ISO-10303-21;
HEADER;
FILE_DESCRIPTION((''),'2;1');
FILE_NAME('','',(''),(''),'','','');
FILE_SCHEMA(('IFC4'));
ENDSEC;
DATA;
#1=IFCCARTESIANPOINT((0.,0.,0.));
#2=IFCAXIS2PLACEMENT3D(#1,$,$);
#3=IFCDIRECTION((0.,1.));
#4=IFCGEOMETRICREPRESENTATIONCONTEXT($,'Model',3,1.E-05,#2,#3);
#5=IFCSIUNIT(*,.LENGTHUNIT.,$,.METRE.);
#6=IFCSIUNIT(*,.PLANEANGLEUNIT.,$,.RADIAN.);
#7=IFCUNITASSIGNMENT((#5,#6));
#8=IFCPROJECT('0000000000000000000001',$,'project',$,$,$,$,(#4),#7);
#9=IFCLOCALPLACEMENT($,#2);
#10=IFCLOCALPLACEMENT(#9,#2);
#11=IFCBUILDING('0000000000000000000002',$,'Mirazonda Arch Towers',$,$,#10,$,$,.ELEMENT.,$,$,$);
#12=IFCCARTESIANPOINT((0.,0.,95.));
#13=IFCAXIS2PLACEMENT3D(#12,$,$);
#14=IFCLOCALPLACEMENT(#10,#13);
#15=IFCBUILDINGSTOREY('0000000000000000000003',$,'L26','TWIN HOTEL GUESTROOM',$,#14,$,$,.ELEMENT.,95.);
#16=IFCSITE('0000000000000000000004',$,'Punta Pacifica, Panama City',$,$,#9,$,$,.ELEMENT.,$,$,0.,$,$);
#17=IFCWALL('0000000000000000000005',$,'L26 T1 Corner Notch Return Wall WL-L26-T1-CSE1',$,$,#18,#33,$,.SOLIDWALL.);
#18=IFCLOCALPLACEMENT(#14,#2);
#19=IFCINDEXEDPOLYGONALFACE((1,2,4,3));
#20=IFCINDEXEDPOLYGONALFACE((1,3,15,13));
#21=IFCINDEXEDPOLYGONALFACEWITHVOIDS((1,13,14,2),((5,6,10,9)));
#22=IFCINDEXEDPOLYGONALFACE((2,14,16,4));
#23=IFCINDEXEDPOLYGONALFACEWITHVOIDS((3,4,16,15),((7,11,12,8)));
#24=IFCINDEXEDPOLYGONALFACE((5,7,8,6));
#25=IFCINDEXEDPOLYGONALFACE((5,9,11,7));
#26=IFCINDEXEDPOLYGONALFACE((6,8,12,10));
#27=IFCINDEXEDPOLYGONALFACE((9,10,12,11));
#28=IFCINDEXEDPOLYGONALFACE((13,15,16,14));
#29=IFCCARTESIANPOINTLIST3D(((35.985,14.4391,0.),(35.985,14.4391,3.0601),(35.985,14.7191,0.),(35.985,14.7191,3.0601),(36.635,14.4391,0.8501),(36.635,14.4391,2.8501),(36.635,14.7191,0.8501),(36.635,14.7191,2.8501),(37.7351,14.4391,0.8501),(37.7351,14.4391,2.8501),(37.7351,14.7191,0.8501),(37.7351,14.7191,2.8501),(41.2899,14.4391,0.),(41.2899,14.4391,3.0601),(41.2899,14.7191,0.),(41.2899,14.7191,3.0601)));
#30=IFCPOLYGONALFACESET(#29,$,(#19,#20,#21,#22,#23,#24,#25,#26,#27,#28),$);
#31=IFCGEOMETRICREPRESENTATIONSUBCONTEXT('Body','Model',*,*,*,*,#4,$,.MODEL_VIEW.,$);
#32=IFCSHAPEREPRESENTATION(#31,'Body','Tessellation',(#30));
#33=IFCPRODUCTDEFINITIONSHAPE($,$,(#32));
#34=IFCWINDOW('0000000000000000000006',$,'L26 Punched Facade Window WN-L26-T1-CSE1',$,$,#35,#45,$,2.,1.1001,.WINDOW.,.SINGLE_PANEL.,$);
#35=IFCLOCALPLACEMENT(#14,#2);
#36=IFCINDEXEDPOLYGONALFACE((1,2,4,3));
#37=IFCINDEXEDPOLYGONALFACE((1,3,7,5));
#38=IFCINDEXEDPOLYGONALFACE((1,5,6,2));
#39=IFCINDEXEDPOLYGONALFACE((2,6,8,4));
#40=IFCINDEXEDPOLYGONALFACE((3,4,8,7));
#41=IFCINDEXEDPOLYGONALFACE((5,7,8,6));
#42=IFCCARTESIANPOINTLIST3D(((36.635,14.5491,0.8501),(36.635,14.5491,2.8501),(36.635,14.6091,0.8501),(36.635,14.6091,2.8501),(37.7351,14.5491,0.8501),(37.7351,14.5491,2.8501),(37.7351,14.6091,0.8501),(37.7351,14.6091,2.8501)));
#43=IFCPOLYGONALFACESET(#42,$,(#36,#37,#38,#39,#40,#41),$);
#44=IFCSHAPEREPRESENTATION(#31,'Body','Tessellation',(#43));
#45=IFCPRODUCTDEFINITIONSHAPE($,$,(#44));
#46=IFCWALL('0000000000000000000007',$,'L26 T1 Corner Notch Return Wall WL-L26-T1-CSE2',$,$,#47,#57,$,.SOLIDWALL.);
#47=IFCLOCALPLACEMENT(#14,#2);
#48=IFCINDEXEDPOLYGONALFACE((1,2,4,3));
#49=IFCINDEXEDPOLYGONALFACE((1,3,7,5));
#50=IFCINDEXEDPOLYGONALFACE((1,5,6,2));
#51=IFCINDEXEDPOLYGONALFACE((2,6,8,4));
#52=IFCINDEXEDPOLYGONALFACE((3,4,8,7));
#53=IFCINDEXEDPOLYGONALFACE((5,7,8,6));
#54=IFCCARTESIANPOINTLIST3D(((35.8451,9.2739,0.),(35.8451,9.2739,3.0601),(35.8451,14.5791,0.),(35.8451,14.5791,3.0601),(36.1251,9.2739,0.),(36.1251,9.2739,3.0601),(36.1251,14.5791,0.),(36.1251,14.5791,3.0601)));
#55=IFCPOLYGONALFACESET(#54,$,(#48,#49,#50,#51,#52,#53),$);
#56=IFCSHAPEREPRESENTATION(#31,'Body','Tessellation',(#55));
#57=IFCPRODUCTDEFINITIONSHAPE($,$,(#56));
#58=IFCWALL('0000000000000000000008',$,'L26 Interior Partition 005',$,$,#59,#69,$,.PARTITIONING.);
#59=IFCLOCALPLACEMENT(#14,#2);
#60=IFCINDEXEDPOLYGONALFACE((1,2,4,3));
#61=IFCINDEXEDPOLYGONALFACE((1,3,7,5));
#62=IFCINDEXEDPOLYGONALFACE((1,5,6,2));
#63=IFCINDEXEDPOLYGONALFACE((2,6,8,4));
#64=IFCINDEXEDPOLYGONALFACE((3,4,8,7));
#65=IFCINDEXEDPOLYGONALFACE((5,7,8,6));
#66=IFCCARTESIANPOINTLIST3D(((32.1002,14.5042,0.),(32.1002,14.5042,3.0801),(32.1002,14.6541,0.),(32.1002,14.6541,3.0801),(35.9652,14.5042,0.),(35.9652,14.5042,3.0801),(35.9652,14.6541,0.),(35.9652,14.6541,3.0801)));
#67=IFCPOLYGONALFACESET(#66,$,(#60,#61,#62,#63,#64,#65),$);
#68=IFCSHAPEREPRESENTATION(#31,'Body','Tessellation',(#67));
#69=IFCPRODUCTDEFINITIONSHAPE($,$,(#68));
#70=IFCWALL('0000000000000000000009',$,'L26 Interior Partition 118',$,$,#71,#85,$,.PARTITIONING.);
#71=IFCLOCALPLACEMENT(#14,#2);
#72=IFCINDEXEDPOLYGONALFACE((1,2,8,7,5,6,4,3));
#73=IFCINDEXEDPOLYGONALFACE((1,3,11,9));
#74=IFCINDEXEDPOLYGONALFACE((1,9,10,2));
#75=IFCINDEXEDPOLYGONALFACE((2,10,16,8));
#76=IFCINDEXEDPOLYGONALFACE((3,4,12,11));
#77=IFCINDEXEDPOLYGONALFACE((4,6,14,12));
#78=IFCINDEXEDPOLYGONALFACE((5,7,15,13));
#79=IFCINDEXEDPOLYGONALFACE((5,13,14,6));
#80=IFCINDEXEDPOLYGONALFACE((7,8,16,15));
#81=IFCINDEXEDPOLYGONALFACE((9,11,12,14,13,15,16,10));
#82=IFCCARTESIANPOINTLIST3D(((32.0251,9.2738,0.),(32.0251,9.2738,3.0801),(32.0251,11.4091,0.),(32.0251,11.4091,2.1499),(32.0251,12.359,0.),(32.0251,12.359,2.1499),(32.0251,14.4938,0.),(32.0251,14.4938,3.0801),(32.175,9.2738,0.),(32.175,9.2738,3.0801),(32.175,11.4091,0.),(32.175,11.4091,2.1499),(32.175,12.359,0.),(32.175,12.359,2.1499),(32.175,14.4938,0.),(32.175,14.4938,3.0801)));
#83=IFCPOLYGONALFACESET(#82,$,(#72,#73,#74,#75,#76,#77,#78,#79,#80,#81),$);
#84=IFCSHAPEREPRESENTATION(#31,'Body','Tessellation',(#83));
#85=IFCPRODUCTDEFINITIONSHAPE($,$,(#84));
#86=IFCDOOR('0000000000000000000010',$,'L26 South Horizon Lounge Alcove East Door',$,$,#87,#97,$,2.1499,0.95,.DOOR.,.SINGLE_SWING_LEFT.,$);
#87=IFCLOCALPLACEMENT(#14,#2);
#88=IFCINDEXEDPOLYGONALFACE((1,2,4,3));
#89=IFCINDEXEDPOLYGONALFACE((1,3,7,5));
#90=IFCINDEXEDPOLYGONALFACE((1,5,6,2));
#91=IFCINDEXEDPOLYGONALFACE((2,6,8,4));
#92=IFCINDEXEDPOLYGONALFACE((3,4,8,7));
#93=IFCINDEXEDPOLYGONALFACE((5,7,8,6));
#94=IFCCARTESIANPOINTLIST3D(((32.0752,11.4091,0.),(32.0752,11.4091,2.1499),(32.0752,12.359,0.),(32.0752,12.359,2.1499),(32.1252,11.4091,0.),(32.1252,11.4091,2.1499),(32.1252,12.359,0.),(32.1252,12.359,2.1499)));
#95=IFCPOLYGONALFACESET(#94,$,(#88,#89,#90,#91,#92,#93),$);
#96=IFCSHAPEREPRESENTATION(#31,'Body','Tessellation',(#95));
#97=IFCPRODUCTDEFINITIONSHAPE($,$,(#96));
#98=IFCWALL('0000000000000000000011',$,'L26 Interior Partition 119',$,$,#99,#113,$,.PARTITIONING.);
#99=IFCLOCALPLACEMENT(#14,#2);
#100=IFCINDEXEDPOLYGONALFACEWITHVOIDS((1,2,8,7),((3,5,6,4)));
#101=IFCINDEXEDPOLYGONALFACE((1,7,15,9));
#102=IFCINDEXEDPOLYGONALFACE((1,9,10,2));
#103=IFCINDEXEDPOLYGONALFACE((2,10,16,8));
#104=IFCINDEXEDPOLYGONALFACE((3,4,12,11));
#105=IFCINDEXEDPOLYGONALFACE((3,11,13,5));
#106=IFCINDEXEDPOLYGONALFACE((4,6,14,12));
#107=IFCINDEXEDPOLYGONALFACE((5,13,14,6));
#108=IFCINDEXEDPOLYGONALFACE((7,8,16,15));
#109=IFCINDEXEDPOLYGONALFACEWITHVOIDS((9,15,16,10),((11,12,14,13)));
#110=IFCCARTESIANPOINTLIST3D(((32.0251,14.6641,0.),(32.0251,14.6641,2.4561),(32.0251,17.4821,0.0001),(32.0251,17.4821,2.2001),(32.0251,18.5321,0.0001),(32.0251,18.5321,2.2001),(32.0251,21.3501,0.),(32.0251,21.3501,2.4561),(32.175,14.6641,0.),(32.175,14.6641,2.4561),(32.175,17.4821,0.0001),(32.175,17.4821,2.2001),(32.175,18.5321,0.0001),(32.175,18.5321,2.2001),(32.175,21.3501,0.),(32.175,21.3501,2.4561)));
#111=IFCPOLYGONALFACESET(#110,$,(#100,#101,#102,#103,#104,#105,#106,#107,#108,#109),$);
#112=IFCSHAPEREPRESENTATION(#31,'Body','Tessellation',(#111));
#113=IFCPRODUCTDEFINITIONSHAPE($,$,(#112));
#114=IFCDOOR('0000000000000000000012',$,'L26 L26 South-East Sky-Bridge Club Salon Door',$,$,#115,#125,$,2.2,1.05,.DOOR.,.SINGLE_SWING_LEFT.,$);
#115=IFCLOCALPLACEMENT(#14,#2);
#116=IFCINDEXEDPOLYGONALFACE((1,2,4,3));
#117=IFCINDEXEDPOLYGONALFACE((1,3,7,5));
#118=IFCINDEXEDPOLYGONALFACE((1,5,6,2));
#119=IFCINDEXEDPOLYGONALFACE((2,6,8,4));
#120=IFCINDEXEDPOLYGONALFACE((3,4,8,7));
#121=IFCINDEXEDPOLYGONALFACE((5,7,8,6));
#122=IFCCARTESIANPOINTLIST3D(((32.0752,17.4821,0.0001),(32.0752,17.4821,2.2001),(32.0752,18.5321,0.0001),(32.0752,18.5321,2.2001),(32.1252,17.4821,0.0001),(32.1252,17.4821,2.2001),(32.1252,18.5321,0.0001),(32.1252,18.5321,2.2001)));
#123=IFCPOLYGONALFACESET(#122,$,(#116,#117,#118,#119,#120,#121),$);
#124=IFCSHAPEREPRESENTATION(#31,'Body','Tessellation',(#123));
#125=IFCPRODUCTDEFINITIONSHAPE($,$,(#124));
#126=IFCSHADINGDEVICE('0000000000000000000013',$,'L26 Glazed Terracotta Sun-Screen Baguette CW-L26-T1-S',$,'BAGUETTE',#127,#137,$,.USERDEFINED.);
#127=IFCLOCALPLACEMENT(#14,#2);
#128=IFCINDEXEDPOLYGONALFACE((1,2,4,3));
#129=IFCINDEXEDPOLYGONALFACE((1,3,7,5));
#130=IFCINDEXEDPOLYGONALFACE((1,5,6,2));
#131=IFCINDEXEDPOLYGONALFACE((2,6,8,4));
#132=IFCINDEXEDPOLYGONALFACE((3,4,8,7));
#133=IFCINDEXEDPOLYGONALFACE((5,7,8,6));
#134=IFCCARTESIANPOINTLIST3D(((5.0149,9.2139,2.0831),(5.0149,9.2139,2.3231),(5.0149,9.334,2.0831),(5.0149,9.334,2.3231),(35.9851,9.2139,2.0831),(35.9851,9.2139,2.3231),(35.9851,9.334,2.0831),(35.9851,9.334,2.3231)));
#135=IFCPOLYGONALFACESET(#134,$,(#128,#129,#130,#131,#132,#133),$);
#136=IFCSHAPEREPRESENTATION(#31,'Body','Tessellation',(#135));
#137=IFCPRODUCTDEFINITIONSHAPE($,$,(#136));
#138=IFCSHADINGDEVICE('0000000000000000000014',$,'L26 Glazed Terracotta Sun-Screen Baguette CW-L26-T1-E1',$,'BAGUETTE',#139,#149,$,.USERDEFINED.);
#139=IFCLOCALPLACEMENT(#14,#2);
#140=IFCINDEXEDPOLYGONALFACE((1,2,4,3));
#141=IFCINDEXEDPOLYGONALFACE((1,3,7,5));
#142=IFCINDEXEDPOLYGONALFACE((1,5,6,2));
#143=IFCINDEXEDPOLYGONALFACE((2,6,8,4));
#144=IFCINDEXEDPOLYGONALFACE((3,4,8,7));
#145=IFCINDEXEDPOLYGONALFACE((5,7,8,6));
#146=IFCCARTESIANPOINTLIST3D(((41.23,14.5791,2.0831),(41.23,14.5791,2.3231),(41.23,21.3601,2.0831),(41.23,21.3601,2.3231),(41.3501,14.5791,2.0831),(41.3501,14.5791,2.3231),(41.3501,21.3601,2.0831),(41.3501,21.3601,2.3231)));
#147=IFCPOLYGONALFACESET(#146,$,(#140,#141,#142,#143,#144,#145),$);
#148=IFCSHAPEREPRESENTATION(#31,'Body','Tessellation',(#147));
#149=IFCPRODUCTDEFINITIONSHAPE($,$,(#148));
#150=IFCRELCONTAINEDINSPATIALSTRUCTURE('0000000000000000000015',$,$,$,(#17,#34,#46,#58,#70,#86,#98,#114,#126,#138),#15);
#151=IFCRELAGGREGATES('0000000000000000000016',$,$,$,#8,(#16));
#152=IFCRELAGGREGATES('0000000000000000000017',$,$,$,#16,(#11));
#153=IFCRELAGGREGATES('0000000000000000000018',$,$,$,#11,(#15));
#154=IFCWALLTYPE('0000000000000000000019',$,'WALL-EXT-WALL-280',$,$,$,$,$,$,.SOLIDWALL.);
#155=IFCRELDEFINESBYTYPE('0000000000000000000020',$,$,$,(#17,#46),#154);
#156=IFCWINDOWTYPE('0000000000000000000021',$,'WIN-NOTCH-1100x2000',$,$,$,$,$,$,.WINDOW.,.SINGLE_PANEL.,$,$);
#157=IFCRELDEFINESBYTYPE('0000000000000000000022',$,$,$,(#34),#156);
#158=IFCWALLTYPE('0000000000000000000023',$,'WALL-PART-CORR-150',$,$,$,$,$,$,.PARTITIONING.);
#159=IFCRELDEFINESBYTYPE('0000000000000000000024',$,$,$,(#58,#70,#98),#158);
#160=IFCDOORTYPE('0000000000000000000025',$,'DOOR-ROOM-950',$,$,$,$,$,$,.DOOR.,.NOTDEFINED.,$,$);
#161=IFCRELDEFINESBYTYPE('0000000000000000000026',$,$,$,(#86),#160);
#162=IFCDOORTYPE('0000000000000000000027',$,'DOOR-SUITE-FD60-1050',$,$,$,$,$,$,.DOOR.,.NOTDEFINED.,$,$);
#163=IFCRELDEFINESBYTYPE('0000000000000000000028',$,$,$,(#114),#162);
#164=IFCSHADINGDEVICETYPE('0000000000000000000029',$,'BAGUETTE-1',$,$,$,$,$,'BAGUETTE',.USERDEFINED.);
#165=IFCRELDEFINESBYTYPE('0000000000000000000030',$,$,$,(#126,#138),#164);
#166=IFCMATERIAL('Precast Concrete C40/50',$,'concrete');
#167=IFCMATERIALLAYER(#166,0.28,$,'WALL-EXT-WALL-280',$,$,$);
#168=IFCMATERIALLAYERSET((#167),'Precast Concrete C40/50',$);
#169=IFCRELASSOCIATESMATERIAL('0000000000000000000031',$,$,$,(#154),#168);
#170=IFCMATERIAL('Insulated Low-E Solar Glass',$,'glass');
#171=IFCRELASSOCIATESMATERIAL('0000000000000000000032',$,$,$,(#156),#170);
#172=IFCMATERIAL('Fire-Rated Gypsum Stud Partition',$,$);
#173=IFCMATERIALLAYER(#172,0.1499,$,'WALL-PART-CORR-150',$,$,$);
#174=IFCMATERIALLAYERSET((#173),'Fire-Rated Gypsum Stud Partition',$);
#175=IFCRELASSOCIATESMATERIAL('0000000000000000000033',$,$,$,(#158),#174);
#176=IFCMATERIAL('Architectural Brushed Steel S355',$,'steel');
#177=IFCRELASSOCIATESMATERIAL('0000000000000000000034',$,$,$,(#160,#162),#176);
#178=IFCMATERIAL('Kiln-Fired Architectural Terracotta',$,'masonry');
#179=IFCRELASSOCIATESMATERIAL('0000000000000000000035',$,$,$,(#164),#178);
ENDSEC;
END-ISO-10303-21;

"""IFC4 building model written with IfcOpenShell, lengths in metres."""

from ifc_helpers import new_model, si_unit, direction, frame, frame_2d, origin, origin_2d, place, context, subcontext, project, spatial, rectangle, extrude, material, layer, layer_set, material_profile, profile_set, type_object, element, fill, save


model = new_model("IFC4")

# Units and contexts
model_context = context("Model", 3, precision=1e-05, world=origin(), true_north=direction((0.0, 1.0)))
body_context = subcontext(model_context, "Body", "Model", "MODEL_VIEW")
ifc_project = project(units=[si_unit("LENGTHUNIT", "METRE"), si_unit("PLANEANGLEUNIT", "RADIAN")], contexts=[model_context])

# Site, building, storey
site_placement = place(None, origin())
site = spatial("IfcSite", under=ifc_project, at=site_placement, Name="Punta Pacifica, Panama City", CompositionType="ELEMENT", RefElevation=0.0)
building_placement = place(site_placement, origin())
building = spatial("IfcBuilding", under=site, at=building_placement, Name="Mirazonda Arch Towers", CompositionType="ELEMENT")
storey_placement = place(building_placement, frame((0.0, 0.0, 95.0)))
storey = spatial("IfcBuildingStorey", under=building, at=storey_placement, Name="L26", Description="TWIN HOTEL GUESTROOM", CompositionType="ELEMENT", Elevation=95.0)

# Shared definitions
ifc_material_1 = material(Name="Insulated Low-E Solar Glass", Category="glass")

# Wall, opening, window
ifc_material_2 = material(Name="Precast Concrete C40/50", Category="concrete")
ifc_layer_1 = layer(ifc_material_2, 0.28, Name="WALL-EXT-WALL-280")
ifc_layer_set_1 = layer_set([ifc_layer_1], Name="Precast Concrete C40/50")
wall_type_1 = type_object("IfcWallType", Name="WALL-EXT-WALL-280", PredefinedType="SOLIDWALL", material=ifc_layer_set_1)
wall_1_placement = place(storey_placement, frame((35.9851, 14.5791, 0.0), z_axis=(0.0, 0.0, 1.0), x_axis=(1.0, 0.0, 0.0)))
wall_1 = element("IfcWall", 1, at=wall_1_placement, inside=storey, type_object=wall_type_1, Name="L26 T1 Corner Notch Return Wall WL-L26-T1-CSE1", PredefinedType="SOLIDWALL", context=body_context, shape_type="SweptSolid", body=[
    extrude(rectangle(XDim=5.3049, YDim=0.28, at=frame_2d((2.6523, 0.0))), origin(), (0.0, 0.0, 1.0), 3.0601),
])
opening_1_placement = place(wall_1_placement, frame((0.6499, 0.0, 0.8501)))
opening_1 = element("IfcOpeningElement", 2, at=opening_1_placement, cuts=wall_1, PredefinedType="OPENING", context=body_context, shape_type="SweptSolid", body=[
    extrude(rectangle(XDim=1.1001, YDim=2.0, at=frame_2d((0.55, 1.0))), frame((0.0, 0.1499, 0.0), z_axis=(0.0, -1.0, 0.0), x_axis=(1.0, 0.0, 0.0)), (0.0, 0.0, 1.0), 0.3),
])
window_type = type_object("IfcWindowType", Name="WIN-NOTCH-1100x2000", PartitioningType="SINGLE_PANEL", PredefinedType="WINDOW", material=ifc_material_1)
window_placement = place(opening_1_placement, origin())
window = element("IfcWindow", 3, at=window_placement, inside=storey, type_object=window_type, Name="L26 Punched Facade Window WN-L26-T1-CSE1", OverallHeight=2.0, OverallWidth=1.1001, PartitioningType="SINGLE_PANEL", PredefinedType="WINDOW", context=body_context, shape_type="SweptSolid", body=[
    extrude(rectangle(XDim=1.1001, YDim=2.0, at=frame_2d((0.55, 1.0))), frame((0.0, 0.03, 0.0), z_axis=(0.0, -1.0, 0.0), x_axis=(1.0, 0.0, 0.0)), (0.0, 0.0, 1.0), 0.0601),
])
fill(opening_1, window)

# Walls
wall_2_placement = place(storey_placement, frame((35.9851, 9.2739, 0.0), z_axis=(0.0, 0.0, 1.0), x_axis=(0.0, 1.0, 0.0)))
element("IfcWall", 4, at=wall_2_placement, inside=storey, type_object=wall_type_1, Name="L26 T1 Corner Notch Return Wall WL-L26-T1-CSE2", PredefinedType="SOLIDWALL", context=body_context, shape_type="SweptSolid", body=[
    extrude(rectangle(XDim=5.3052, YDim=0.28, at=frame_2d((2.6526, 0.0))), origin(), (0.0, 0.0, 1.0), 3.0601),
])
ifc_material_3 = material(Name="Fire-Rated Gypsum Stud Partition")
ifc_layer_2 = layer(ifc_material_3, 0.1499, Name="WALL-PART-CORR-150")
ifc_layer_set_2 = layer_set([ifc_layer_2], Name="Fire-Rated Gypsum Stud Partition")
wall_type_2 = type_object("IfcWallType", Name="WALL-PART-CORR-150", PredefinedType="PARTITIONING", material=ifc_layer_set_2)
wall_3_placement = place(storey_placement, frame((32.1001, 14.5791, 0.0), z_axis=(0.0, 0.0, 1.0), x_axis=(1.0, 0.0, 0.0)))
element("IfcWall", 5, at=wall_3_placement, inside=storey, type_object=wall_type_2, Name="L26 Interior Partition 005", PredefinedType="PARTITIONING", context=body_context, shape_type="SweptSolid", body=[
    extrude(rectangle(XDim=3.865, YDim=0.1499, at=frame_2d((1.9326, 0.0))), origin(), (0.0, 0.0, 1.0), 3.0801),
])

# Walls, openings, doors
wall_4_placement = place(storey_placement, frame((32.1001, 9.2739, 0.0), z_axis=(0.0, 0.0, 1.0), x_axis=(0.0, 1.0, 0.0)))
wall_4 = element("IfcWall", 6, at=wall_4_placement, inside=storey, type_object=wall_type_2, Name="L26 Interior Partition 118", PredefinedType="PARTITIONING", context=body_context, shape_type="SweptSolid", body=[
    extrude(rectangle(XDim=5.22, YDim=0.1499, at=frame_2d((2.6099, 0.0))), origin(), (0.0, 0.0, 1.0), 3.0801),
])
opening_2_placement = place(wall_4_placement, frame((2.135, 0.0, 0.0)))
opening_2 = element("IfcOpeningElement", 7, at=opening_2_placement, cuts=wall_4, PredefinedType="OPENING", context=body_context, shape_type="SweptSolid", body=[
    extrude(rectangle(XDim=0.95, YDim=2.1499, at=frame_2d((0.4751, 1.075))), frame((0.0, 0.085, 0.0), z_axis=(0.0, -1.0, 0.0), x_axis=(1.0, 0.0, 0.0)), (0.0, 0.0, 1.0), 0.1699),
])
ifc_material_4 = material(Name="Architectural Brushed Steel S355", Category="steel")
door_type_1 = type_object("IfcDoorType", Name="DOOR-ROOM-950", OperationType="NOTDEFINED", PredefinedType="DOOR", material=ifc_material_4)
door_1_placement = place(opening_2_placement, origin())
door_1 = element("IfcDoor", 8, at=door_1_placement, inside=storey, type_object=door_type_1, Name="L26 South Horizon Lounge Alcove East Door", OperationType="SINGLE_SWING_LEFT", OverallHeight=2.1499, OverallWidth=0.95, PredefinedType="DOOR", context=body_context, shape_type="SweptSolid", body=[
    extrude(rectangle(XDim=0.95, YDim=2.1499, at=frame_2d((0.4751, 1.075))), frame((0.0, 0.0249, 0.0), z_axis=(0.0, -1.0, 0.0), x_axis=(1.0, 0.0, 0.0)), (0.0, 0.0, 1.0), 0.05),
])
fill(opening_2, door_1)
wall_5_placement = place(storey_placement, frame((32.1001, 14.6641, 0.0), z_axis=(0.0, 0.0, 1.0), x_axis=(0.0, 1.0, 0.0)))
wall_5 = element("IfcWall", 9, at=wall_5_placement, inside=storey, type_object=wall_type_2, Name="L26 Interior Partition 119", PredefinedType="PARTITIONING", context=body_context, shape_type="SweptSolid", body=[
    extrude(rectangle(XDim=6.686, YDim=0.1499, at=frame_2d((3.343, 0.0))), origin(), (0.0, 0.0, 1.0), 2.4561),
])
opening_3_placement = place(wall_5_placement, frame((2.8181, 0.0, 0.0)))
opening_3 = element("IfcOpeningElement", 10, at=opening_3_placement, cuts=wall_5, PredefinedType="OPENING", context=body_context, shape_type="SweptSolid", body=[
    extrude(rectangle(XDim=1.05, YDim=2.2, at=frame_2d((0.5249, 1.1001))), frame((0.0, 0.085, 0.0), z_axis=(0.0, -1.0, 0.0), x_axis=(1.0, 0.0, 0.0)), (0.0, 0.0, 1.0), 0.1699),
])
door_type_2 = type_object("IfcDoorType", Name="DOOR-SUITE-FD60-1050", OperationType="NOTDEFINED", PredefinedType="DOOR", material=ifc_material_4)
door_2_placement = place(opening_3_placement, origin())
door_2 = element("IfcDoor", 11, at=door_2_placement, inside=storey, type_object=door_type_2, Name="L26 L26 South-East Sky-Bridge Club Salon Door", OperationType="SINGLE_SWING_LEFT", OverallHeight=2.2, OverallWidth=1.05, PredefinedType="DOOR", context=body_context, shape_type="SweptSolid", body=[
    extrude(rectangle(XDim=1.05, YDim=2.2, at=frame_2d((0.5249, 1.1001))), frame((0.0, 0.0249, 0.0), z_axis=(0.0, -1.0, 0.0), x_axis=(1.0, 0.0, 0.0)), (0.0, 0.0, 1.0), 0.05),
])
fill(opening_3, door_2)

# Shading devices
ifc_material_5 = material(Name="Kiln-Fired Architectural Terracotta", Category="masonry")
ifc_material_profile_1 = material_profile(ifc_material_5, rectangle(XDim=0.1201, YDim=0.24, at=origin_2d()), Name="TERRA-BAG-120x240")
ifc_profile_set_1 = profile_set([ifc_material_profile_1], Name="Kiln-Fired Architectural Terracotta")
shading_device_type = type_object("IfcShadingDeviceType", Name="BAGUETTE-1", ElementType="BAGUETTE", PredefinedType="USERDEFINED", material=ifc_profile_set_1)
shading_device_1_placement = place(storey_placement, frame((35.9851, 9.2739, 2.2031), z_axis=(-1.0, 0.0, 0.0), x_axis=(0.0, -1.0, 0.0)))
element("IfcShadingDevice", 12, at=shading_device_1_placement, inside=storey, type_object=shading_device_type, Name="L26 Glazed Terracotta Sun-Screen Baguette CW-L26-T1-S", ObjectType="BAGUETTE", PredefinedType="USERDEFINED", context=body_context, shape_type="SweptSolid", body=[
    extrude(rectangle(XDim=0.1201, YDim=0.24, at=origin_2d()), origin(), (0.0, 0.0, 1.0), 30.9702),
])
shading_device_2_placement = place(storey_placement, frame((41.29, 14.5791, 2.2031), z_axis=(0.0, 1.0, 0.0), x_axis=(-1.0, 0.0, 0.0)))
element("IfcShadingDevice", 13, at=shading_device_2_placement, inside=storey, type_object=shading_device_type, Name="L26 Glazed Terracotta Sun-Screen Baguette CW-L26-T1-E1", ObjectType="BAGUETTE", PredefinedType="USERDEFINED", context=body_context, shape_type="SweptSolid", body=[
    extrude(rectangle(XDim=0.1201, YDim=0.24, at=origin_2d()), origin(), (0.0, 0.0, 1.0), 6.781),
])

save(model, "model.ifc")
